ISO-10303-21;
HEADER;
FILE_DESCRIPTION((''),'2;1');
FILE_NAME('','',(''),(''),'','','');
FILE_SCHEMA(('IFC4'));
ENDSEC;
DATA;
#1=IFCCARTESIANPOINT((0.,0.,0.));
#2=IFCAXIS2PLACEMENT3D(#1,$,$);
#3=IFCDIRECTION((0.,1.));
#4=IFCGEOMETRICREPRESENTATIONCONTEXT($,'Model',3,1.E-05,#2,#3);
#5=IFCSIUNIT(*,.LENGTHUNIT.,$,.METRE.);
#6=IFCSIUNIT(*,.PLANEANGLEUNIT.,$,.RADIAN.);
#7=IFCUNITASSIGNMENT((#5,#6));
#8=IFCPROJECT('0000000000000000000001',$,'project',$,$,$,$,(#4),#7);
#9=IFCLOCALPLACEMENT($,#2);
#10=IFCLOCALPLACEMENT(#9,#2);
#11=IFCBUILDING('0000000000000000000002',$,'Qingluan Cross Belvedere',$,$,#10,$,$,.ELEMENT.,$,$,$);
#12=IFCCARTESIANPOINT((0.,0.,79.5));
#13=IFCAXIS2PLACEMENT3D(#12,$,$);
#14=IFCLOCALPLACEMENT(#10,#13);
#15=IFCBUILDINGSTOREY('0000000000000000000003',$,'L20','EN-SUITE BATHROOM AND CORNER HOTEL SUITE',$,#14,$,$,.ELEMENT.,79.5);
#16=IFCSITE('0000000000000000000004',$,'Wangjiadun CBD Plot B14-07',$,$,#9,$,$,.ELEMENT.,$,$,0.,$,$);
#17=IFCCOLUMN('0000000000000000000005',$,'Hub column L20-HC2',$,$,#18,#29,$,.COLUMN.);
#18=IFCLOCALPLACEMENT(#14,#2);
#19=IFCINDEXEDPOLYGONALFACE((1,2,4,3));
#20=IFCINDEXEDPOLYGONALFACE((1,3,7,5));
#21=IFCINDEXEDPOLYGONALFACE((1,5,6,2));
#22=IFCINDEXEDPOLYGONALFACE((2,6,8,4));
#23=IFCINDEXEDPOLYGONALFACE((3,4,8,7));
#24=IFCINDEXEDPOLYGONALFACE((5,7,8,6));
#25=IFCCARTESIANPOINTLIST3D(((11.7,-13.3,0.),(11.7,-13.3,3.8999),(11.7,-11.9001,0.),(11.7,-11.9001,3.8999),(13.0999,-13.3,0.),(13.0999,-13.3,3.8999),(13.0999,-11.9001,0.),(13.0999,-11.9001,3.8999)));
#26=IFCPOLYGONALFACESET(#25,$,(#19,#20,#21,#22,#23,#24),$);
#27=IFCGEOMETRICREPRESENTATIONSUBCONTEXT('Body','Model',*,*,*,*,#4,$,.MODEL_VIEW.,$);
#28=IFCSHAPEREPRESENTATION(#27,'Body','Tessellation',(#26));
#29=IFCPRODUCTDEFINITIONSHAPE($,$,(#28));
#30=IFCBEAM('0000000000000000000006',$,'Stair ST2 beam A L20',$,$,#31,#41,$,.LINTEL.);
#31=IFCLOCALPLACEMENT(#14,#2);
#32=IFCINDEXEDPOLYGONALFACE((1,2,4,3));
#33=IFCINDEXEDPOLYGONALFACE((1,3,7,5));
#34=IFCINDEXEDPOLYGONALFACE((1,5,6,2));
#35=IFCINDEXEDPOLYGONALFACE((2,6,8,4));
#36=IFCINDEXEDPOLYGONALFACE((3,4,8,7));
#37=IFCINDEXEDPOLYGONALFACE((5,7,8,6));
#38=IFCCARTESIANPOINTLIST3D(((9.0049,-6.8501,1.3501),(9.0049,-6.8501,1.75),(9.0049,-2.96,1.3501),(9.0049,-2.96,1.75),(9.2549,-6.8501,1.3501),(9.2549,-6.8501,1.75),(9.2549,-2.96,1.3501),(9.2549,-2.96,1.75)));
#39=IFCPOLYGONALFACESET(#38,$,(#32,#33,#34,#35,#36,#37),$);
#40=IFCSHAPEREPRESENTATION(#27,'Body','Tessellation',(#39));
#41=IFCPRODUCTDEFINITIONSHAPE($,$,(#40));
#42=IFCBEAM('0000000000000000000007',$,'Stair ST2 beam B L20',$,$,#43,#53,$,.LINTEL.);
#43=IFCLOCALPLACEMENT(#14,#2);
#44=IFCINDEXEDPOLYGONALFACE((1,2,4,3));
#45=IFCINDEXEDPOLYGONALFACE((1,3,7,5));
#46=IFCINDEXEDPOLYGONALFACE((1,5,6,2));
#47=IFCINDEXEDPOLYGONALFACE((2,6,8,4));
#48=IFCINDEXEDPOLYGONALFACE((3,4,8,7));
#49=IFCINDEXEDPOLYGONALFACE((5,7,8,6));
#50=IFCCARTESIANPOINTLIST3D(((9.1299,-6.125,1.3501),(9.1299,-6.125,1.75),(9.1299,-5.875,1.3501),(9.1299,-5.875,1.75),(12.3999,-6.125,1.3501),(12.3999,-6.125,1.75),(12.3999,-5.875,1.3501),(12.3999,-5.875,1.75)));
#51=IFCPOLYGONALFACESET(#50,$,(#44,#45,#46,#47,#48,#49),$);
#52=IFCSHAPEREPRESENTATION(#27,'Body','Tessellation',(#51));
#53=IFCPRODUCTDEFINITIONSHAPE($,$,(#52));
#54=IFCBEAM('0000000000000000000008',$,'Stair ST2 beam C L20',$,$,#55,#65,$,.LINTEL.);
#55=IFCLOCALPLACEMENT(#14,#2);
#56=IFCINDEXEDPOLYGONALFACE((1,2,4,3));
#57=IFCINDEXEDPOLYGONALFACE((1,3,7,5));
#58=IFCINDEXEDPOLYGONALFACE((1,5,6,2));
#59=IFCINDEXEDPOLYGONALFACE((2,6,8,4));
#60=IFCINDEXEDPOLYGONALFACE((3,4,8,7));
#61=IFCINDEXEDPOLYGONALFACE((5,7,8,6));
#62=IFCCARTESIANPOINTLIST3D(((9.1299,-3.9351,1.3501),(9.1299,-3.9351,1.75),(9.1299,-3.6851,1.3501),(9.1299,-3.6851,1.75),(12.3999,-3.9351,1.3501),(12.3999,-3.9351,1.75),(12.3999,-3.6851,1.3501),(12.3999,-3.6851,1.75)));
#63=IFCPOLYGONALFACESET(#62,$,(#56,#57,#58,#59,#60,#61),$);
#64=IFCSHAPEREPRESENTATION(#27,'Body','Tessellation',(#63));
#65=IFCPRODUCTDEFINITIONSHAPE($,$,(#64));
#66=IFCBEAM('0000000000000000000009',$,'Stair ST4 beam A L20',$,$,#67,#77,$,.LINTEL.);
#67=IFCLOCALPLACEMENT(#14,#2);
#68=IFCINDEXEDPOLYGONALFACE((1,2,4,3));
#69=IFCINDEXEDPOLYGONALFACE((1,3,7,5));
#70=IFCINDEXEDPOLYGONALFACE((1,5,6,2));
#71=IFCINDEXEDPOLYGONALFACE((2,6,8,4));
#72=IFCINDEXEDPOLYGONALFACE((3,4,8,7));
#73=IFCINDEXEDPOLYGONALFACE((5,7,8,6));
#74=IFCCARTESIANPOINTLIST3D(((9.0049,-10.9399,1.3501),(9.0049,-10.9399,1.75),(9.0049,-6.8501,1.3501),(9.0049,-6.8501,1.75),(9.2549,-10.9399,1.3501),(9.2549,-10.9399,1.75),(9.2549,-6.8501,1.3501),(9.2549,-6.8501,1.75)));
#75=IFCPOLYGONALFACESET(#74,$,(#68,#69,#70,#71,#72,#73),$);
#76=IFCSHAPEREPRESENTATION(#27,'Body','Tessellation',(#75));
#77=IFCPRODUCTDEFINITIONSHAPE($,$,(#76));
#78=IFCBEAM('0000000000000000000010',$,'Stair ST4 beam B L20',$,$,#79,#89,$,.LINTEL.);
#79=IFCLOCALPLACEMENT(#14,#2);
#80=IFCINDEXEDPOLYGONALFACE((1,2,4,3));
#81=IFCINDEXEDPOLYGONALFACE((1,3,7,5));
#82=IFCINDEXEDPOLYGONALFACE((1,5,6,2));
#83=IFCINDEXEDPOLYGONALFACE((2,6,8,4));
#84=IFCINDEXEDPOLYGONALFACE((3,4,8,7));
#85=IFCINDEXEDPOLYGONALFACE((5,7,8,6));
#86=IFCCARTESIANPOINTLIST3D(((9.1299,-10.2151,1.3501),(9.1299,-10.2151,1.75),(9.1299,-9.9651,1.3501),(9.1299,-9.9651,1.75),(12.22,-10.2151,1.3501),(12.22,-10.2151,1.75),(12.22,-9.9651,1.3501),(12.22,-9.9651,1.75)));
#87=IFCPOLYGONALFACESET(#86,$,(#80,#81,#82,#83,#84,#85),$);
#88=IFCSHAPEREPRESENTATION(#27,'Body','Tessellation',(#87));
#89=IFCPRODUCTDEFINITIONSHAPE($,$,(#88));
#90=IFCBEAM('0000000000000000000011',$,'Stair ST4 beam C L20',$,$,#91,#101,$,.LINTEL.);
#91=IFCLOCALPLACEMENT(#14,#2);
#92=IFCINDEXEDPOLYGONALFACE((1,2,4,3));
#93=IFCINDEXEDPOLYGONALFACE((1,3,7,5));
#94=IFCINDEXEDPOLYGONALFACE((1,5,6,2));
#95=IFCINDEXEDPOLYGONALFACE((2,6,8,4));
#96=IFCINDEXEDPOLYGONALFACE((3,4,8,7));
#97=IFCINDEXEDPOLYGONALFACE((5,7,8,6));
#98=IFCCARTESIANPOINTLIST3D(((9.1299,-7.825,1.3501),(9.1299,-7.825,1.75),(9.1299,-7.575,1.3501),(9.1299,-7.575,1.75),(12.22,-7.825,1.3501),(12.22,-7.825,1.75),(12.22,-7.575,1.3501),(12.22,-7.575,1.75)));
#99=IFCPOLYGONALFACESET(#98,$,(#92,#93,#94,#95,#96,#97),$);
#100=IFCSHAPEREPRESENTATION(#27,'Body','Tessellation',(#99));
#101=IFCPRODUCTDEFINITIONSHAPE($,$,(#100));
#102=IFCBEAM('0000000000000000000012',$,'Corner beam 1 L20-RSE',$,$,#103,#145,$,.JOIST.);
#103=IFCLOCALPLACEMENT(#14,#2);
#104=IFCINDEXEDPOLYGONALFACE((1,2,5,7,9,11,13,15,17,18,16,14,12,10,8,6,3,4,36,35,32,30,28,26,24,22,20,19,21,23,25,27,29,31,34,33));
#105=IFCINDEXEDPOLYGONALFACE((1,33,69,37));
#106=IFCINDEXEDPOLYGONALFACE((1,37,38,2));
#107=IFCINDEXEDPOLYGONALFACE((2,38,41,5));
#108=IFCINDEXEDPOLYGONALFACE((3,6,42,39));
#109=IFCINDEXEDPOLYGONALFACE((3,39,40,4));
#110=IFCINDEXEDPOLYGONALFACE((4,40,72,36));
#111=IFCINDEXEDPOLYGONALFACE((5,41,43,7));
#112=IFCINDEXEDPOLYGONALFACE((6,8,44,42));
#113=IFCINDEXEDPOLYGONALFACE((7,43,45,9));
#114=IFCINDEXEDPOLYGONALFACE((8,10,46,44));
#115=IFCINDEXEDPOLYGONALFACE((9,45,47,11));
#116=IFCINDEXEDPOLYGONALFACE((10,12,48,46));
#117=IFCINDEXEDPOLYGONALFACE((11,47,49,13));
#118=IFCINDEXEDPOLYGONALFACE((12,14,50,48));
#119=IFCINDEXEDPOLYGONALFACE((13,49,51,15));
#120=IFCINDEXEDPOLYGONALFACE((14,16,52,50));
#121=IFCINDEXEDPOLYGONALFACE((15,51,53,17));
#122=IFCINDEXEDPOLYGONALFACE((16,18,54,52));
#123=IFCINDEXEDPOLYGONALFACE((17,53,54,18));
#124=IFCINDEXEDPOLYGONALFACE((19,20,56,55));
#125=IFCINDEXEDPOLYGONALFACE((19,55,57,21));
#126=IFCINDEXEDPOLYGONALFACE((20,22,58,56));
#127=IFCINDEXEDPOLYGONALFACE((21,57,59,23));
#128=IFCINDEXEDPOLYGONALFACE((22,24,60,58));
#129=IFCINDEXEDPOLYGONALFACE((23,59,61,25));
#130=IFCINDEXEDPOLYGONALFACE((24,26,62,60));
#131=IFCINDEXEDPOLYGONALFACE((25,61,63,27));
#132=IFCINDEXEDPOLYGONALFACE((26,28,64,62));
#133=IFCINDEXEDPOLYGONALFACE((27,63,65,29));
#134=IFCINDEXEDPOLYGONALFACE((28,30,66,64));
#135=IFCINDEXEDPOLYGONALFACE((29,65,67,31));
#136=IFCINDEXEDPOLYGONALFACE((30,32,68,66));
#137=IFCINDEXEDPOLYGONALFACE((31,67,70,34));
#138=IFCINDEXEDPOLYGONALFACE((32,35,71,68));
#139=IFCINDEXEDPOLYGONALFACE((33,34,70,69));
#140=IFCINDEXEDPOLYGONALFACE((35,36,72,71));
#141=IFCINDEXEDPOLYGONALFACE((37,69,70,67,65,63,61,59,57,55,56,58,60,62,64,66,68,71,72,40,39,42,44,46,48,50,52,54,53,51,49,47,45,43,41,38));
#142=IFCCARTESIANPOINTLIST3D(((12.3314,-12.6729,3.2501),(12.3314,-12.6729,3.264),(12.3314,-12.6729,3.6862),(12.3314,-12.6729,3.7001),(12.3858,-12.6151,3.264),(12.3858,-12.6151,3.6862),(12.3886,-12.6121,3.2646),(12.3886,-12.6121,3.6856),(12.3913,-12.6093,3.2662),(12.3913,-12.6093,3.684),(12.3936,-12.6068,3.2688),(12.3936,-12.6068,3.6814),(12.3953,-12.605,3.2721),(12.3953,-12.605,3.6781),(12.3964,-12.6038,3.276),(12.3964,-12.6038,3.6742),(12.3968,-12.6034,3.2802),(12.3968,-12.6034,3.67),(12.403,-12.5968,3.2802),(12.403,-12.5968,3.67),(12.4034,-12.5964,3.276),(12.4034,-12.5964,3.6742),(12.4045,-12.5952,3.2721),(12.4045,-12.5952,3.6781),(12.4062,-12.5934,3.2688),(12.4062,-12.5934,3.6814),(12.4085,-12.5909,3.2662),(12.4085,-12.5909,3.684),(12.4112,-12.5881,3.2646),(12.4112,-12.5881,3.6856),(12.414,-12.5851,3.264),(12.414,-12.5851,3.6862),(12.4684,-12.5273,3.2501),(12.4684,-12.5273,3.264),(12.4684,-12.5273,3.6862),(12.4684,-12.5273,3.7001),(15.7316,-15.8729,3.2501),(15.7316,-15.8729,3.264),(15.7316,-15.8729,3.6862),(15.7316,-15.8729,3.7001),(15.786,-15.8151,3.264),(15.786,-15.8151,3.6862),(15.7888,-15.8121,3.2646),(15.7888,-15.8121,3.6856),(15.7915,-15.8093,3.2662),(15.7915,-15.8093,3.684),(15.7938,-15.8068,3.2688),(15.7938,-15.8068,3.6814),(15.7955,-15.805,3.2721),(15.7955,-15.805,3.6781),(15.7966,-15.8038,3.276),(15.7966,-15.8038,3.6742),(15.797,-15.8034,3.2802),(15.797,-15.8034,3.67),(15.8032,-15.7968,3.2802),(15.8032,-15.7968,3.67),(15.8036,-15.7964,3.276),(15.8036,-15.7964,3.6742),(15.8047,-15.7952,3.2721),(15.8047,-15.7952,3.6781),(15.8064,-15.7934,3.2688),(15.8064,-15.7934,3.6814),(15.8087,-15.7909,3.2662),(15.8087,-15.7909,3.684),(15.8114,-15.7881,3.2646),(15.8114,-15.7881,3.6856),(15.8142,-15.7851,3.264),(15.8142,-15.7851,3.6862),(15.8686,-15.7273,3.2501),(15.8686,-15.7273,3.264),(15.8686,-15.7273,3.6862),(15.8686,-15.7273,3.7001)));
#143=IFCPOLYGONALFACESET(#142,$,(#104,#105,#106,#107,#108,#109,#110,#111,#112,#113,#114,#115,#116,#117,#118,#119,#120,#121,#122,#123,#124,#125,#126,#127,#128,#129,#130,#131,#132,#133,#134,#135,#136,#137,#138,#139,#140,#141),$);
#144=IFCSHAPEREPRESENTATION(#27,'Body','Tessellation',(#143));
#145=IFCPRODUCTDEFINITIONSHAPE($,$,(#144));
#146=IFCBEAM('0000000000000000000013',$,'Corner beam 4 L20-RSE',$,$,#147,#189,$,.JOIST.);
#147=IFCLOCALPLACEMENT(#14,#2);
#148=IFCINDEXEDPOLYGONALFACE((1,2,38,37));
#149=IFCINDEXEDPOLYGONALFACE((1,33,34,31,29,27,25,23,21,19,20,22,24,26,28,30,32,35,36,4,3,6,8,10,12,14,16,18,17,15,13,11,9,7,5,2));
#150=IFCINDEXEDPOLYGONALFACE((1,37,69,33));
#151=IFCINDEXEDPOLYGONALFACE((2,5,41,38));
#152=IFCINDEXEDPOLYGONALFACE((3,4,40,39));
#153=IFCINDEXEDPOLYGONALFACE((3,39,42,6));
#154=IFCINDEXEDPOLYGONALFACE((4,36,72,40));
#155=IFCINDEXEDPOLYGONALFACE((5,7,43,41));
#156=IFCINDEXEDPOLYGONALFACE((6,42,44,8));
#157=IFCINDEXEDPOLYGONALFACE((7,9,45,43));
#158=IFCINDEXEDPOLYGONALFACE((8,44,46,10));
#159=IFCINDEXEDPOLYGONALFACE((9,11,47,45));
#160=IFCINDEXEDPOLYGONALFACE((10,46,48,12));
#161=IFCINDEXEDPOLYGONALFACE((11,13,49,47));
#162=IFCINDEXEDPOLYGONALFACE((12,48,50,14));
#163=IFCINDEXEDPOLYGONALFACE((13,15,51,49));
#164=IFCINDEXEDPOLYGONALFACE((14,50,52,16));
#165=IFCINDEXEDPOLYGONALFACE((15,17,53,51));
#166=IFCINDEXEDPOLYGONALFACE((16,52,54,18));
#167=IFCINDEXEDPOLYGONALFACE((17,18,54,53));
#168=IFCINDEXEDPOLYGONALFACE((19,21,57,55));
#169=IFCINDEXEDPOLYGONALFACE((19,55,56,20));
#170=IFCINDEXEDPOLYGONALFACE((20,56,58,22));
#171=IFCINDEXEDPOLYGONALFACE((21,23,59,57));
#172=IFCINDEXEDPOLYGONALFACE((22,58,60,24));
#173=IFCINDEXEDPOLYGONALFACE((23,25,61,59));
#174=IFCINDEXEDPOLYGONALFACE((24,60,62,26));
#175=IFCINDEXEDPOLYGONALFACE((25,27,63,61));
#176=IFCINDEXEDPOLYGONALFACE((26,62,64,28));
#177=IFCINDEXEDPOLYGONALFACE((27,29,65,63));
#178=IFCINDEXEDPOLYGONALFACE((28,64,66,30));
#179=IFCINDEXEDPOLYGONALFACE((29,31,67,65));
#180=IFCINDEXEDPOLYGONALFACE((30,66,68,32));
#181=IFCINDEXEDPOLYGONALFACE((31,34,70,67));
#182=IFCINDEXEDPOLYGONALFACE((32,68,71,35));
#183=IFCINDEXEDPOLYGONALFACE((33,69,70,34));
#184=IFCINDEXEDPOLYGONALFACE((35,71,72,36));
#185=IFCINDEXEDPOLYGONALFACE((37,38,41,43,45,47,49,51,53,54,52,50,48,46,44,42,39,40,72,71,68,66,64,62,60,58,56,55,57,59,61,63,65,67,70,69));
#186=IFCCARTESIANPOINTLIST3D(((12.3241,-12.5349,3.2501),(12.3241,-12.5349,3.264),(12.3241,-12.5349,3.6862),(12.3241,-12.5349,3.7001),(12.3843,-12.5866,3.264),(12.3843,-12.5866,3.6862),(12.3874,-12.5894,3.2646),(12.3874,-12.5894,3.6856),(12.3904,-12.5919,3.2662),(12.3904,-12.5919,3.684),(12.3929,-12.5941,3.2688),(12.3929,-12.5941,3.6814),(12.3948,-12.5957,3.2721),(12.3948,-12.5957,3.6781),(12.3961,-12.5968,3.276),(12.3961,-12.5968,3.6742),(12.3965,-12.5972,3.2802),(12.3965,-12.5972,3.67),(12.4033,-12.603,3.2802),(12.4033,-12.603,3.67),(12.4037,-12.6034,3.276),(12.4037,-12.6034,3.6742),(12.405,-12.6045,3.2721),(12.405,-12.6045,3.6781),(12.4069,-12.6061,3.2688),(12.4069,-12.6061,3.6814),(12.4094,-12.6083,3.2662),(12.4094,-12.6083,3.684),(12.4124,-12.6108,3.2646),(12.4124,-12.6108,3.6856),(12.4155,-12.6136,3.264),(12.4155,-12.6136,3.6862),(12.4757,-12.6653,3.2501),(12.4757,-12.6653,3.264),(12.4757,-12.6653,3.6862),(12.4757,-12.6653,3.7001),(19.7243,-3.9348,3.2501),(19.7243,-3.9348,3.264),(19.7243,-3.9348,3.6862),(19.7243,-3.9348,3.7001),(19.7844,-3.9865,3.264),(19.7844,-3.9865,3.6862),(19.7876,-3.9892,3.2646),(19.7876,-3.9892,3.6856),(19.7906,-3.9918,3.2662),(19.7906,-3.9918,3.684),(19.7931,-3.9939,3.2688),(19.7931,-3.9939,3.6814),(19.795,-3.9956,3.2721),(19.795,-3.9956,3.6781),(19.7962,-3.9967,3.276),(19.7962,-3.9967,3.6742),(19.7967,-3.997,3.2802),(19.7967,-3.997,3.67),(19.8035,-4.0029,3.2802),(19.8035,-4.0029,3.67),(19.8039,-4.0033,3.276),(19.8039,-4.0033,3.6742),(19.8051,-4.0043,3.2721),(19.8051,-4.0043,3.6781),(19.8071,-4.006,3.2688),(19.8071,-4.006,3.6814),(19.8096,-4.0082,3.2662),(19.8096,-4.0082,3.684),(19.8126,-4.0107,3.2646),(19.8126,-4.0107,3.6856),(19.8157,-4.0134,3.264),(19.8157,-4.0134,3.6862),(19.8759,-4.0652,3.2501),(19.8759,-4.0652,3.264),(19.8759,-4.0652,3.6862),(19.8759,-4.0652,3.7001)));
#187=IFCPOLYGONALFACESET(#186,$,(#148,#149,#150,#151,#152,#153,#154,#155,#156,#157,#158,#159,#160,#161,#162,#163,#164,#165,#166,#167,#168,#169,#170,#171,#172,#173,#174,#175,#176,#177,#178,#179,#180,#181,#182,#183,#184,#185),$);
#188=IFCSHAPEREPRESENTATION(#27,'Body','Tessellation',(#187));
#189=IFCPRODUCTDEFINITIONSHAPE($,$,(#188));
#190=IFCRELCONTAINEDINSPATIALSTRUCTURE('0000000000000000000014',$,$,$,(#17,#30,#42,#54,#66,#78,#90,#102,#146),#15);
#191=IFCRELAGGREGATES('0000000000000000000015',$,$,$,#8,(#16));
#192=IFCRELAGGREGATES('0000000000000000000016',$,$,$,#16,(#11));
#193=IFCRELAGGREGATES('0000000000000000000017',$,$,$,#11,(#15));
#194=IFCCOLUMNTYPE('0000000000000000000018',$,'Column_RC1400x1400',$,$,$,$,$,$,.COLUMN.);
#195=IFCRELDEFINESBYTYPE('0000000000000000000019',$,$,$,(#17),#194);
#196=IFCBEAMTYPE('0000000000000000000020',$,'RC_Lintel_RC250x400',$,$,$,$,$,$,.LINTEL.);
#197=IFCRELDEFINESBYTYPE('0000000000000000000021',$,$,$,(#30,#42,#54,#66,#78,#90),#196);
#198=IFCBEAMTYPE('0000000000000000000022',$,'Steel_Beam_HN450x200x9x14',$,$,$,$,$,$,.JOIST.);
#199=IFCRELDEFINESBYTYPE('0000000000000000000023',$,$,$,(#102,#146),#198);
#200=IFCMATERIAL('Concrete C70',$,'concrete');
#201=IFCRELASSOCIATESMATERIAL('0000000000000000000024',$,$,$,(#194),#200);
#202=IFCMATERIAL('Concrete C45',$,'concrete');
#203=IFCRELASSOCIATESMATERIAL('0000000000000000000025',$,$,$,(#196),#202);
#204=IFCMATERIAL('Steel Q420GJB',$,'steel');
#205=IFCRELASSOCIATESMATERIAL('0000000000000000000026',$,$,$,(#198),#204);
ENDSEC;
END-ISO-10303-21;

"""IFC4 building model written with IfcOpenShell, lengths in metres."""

from ifc_helpers import new_model, si_unit, direction, frame, origin, origin_2d, place, context, subcontext, project, spatial, rectangle, i_section, extrude, material, material_profile, profile_set, type_object, element, save


model = new_model("IFC4")

# Units and contexts
model_context = context("Model", 3, precision=1e-05, world=origin(), true_north=direction((0.0, 1.0)))
body_context = subcontext(model_context, "Body", "Model", "MODEL_VIEW")
ifc_project = project(units=[si_unit("LENGTHUNIT", "METRE"), si_unit("PLANEANGLEUNIT", "RADIAN")], contexts=[model_context])

# Site, building, storey
site_placement = place(None, origin())
site = spatial("IfcSite", under=ifc_project, at=site_placement, Name="Wangjiadun CBD Plot B14-07", CompositionType="ELEMENT", RefElevation=0.0)
building_placement = place(site_placement, origin())
building = spatial("IfcBuilding", under=site, at=building_placement, Name="Qingluan Cross Belvedere", CompositionType="ELEMENT")
storey_placement = place(building_placement, frame((0.0, 0.0, 79.5)))
storey = spatial("IfcBuildingStorey", under=building, at=storey_placement, Name="L20", Description="EN-SUITE BATHROOM AND CORNER HOTEL SUITE", CompositionType="ELEMENT", Elevation=79.5)

# Column
ifc_material_1 = material(Name="Concrete C70", Category="concrete")
ifc_material_profile_1 = material_profile(ifc_material_1, rectangle(XDim=1.3999, YDim=1.3999, at=origin_2d()), Name="RC1400x1400")
ifc_profile_set_1 = profile_set([ifc_material_profile_1], Name="Concrete C70")
column_type = type_object("IfcColumnType", Name="Column_RC1400x1400", PredefinedType="COLUMN", material=ifc_profile_set_1)
column_placement = place(storey_placement, frame((12.3999, -12.6001, 0.0), z_axis=(0.0, 0.0, 1.0), x_axis=(1.0, 0.0, 0.0)))
element("IfcColumn", 1, at=column_placement, inside=storey, type_object=column_type, Name="Hub column L20-HC2", PredefinedType="COLUMN", context=body_context, shape_type="SweptSolid", body=[
    extrude(rectangle(XDim=1.3999, YDim=1.3999, at=origin_2d()), origin(), (0.0, 0.0, 1.0), 3.8999),
])

# Beams
ifc_material_2 = material(Name="Concrete C45", Category="concrete")
ifc_material_profile_2 = material_profile(ifc_material_2, rectangle(XDim=0.25, YDim=0.3999, at=origin_2d()), Name="RC250x400")
ifc_profile_set_2 = profile_set([ifc_material_profile_2], Name="Concrete C45")
beam_type_1 = type_object("IfcBeamType", Name="RC_Lintel_RC250x400", PredefinedType="LINTEL", material=ifc_profile_set_2)
beam_1_placement = place(storey_placement, frame((9.1299, -6.8501, 1.55), z_axis=(0.0, 1.0, 0.0), x_axis=(-1.0, 0.0, 0.0)))
element("IfcBeam", 2, at=beam_1_placement, inside=storey, type_object=beam_type_1, Name="Stair ST2 beam A L20", PredefinedType="LINTEL", context=body_context, shape_type="SweptSolid", body=[
    extrude(rectangle(XDim=0.25, YDim=0.3999, at=origin_2d()), origin(), (0.0, 0.0, 1.0), 3.8901),
])
for number, where, z_axis, x_axis, name in (
    (3, (12.3999, -6.0, 1.55), (-1.0, 0.0, 0.0), (0.0, -1.0, 0.0), "Stair ST2 beam B L20"),
    (4, (12.3999, -3.8101, 1.55), (-1.0, 0.0, 0.0), (0.0, -1.0, 0.0), "Stair ST2 beam C L20"),
):
    element("IfcBeam", number, at=place(storey_placement, frame(where, z_axis=z_axis, x_axis=x_axis)), inside=storey, type_object=beam_type_1, Name=name, PredefinedType="LINTEL", context=body_context, shape_type="SweptSolid", body=[
        extrude(rectangle(XDim=0.25, YDim=0.3999, at=origin_2d()), origin(), (0.0, 0.0, 1.0), 3.27),
    ])
beam_2_placement = place(storey_placement, frame((9.1299, -10.9399, 1.55), z_axis=(0.0, 1.0, 0.0), x_axis=(-1.0, 0.0, 0.0)))
element("IfcBeam", 5, at=beam_2_placement, inside=storey, type_object=beam_type_1, Name="Stair ST4 beam A L20", PredefinedType="LINTEL", context=body_context, shape_type="SweptSolid", body=[
    extrude(rectangle(XDim=0.25, YDim=0.3999, at=origin_2d()), origin(), (0.0, 0.0, 1.0), 4.0898),
])
for number, where, z_axis, x_axis, name in (
    (6, (12.22, -10.0901, 1.55), (-1.0, 0.0, 0.0), (0.0, -1.0, 0.0), "Stair ST4 beam B L20"),
    (7, (12.22, -7.7, 1.55), (-1.0, 0.0, 0.0), (0.0, -1.0, 0.0), "Stair ST4 beam C L20"),
):
    element("IfcBeam", number, at=place(storey_placement, frame(where, z_axis=z_axis, x_axis=x_axis)), inside=storey, type_object=beam_type_1, Name=name, PredefinedType="LINTEL", context=body_context, shape_type="SweptSolid", body=[
        extrude(rectangle(XDim=0.25, YDim=0.3999, at=origin_2d()), origin(), (0.0, 0.0, 1.0), 3.0901),
    ])
ifc_material_3 = material(Name="Steel Q420GJB", Category="steel")
ifc_material_profile_3 = material_profile(ifc_material_3, i_section(OverallWidth=0.2, OverallDepth=0.45, WebThickness=0.009, FlangeThickness=0.0139, FilletRadius=0.0161, at=origin_2d()), Name="HN450x200x9x14")
ifc_profile_set_3 = profile_set([ifc_material_profile_3], Name="Steel Q420GJB")
beam_type_2 = type_object("IfcBeamType", Name="Steel_Beam_HN450x200x9x14", PredefinedType="JOIST", material=ifc_profile_set_3)
beam_3_placement = place(storey_placement, frame((12.3999, -12.6001, 3.4751), z_axis=(0.72822, -0.685343, 0.0), x_axis=(0.685343, 0.72822, 0.0)))
element("IfcBeam", 8, at=beam_3_placement, inside=storey, type_object=beam_type_2, Name="Corner beam 1 L20-RSE", PredefinedType="JOIST", context=body_context, shape_type="SweptSolid", body=[
    extrude(i_section(OverallWidth=0.2, OverallDepth=0.45, WebThickness=0.009, FlangeThickness=0.0139, FilletRadius=0.0161, at=origin_2d()), origin(), (0.0, 0.0, 1.0), 4.6692),
])
beam_4_placement = place(storey_placement, frame((12.3999, -12.6001, 3.4751), z_axis=(0.652245, 0.758008, 0.0), x_axis=(-0.758008, 0.652245, 0.0)))
element("IfcBeam", 9, at=beam_4_placement, inside=storey, type_object=beam_type_2, Name="Corner beam 4 L20-RSE", PredefinedType="JOIST", context=body_context, shape_type="SweptSolid", body=[
    extrude(i_section(OverallWidth=0.2, OverallDepth=0.45, WebThickness=0.009, FlangeThickness=0.0139, FilletRadius=0.0161, at=origin_2d()), origin(), (0.0, 0.0, 1.0), 11.3457),
])

save(model, "model.ifc")
